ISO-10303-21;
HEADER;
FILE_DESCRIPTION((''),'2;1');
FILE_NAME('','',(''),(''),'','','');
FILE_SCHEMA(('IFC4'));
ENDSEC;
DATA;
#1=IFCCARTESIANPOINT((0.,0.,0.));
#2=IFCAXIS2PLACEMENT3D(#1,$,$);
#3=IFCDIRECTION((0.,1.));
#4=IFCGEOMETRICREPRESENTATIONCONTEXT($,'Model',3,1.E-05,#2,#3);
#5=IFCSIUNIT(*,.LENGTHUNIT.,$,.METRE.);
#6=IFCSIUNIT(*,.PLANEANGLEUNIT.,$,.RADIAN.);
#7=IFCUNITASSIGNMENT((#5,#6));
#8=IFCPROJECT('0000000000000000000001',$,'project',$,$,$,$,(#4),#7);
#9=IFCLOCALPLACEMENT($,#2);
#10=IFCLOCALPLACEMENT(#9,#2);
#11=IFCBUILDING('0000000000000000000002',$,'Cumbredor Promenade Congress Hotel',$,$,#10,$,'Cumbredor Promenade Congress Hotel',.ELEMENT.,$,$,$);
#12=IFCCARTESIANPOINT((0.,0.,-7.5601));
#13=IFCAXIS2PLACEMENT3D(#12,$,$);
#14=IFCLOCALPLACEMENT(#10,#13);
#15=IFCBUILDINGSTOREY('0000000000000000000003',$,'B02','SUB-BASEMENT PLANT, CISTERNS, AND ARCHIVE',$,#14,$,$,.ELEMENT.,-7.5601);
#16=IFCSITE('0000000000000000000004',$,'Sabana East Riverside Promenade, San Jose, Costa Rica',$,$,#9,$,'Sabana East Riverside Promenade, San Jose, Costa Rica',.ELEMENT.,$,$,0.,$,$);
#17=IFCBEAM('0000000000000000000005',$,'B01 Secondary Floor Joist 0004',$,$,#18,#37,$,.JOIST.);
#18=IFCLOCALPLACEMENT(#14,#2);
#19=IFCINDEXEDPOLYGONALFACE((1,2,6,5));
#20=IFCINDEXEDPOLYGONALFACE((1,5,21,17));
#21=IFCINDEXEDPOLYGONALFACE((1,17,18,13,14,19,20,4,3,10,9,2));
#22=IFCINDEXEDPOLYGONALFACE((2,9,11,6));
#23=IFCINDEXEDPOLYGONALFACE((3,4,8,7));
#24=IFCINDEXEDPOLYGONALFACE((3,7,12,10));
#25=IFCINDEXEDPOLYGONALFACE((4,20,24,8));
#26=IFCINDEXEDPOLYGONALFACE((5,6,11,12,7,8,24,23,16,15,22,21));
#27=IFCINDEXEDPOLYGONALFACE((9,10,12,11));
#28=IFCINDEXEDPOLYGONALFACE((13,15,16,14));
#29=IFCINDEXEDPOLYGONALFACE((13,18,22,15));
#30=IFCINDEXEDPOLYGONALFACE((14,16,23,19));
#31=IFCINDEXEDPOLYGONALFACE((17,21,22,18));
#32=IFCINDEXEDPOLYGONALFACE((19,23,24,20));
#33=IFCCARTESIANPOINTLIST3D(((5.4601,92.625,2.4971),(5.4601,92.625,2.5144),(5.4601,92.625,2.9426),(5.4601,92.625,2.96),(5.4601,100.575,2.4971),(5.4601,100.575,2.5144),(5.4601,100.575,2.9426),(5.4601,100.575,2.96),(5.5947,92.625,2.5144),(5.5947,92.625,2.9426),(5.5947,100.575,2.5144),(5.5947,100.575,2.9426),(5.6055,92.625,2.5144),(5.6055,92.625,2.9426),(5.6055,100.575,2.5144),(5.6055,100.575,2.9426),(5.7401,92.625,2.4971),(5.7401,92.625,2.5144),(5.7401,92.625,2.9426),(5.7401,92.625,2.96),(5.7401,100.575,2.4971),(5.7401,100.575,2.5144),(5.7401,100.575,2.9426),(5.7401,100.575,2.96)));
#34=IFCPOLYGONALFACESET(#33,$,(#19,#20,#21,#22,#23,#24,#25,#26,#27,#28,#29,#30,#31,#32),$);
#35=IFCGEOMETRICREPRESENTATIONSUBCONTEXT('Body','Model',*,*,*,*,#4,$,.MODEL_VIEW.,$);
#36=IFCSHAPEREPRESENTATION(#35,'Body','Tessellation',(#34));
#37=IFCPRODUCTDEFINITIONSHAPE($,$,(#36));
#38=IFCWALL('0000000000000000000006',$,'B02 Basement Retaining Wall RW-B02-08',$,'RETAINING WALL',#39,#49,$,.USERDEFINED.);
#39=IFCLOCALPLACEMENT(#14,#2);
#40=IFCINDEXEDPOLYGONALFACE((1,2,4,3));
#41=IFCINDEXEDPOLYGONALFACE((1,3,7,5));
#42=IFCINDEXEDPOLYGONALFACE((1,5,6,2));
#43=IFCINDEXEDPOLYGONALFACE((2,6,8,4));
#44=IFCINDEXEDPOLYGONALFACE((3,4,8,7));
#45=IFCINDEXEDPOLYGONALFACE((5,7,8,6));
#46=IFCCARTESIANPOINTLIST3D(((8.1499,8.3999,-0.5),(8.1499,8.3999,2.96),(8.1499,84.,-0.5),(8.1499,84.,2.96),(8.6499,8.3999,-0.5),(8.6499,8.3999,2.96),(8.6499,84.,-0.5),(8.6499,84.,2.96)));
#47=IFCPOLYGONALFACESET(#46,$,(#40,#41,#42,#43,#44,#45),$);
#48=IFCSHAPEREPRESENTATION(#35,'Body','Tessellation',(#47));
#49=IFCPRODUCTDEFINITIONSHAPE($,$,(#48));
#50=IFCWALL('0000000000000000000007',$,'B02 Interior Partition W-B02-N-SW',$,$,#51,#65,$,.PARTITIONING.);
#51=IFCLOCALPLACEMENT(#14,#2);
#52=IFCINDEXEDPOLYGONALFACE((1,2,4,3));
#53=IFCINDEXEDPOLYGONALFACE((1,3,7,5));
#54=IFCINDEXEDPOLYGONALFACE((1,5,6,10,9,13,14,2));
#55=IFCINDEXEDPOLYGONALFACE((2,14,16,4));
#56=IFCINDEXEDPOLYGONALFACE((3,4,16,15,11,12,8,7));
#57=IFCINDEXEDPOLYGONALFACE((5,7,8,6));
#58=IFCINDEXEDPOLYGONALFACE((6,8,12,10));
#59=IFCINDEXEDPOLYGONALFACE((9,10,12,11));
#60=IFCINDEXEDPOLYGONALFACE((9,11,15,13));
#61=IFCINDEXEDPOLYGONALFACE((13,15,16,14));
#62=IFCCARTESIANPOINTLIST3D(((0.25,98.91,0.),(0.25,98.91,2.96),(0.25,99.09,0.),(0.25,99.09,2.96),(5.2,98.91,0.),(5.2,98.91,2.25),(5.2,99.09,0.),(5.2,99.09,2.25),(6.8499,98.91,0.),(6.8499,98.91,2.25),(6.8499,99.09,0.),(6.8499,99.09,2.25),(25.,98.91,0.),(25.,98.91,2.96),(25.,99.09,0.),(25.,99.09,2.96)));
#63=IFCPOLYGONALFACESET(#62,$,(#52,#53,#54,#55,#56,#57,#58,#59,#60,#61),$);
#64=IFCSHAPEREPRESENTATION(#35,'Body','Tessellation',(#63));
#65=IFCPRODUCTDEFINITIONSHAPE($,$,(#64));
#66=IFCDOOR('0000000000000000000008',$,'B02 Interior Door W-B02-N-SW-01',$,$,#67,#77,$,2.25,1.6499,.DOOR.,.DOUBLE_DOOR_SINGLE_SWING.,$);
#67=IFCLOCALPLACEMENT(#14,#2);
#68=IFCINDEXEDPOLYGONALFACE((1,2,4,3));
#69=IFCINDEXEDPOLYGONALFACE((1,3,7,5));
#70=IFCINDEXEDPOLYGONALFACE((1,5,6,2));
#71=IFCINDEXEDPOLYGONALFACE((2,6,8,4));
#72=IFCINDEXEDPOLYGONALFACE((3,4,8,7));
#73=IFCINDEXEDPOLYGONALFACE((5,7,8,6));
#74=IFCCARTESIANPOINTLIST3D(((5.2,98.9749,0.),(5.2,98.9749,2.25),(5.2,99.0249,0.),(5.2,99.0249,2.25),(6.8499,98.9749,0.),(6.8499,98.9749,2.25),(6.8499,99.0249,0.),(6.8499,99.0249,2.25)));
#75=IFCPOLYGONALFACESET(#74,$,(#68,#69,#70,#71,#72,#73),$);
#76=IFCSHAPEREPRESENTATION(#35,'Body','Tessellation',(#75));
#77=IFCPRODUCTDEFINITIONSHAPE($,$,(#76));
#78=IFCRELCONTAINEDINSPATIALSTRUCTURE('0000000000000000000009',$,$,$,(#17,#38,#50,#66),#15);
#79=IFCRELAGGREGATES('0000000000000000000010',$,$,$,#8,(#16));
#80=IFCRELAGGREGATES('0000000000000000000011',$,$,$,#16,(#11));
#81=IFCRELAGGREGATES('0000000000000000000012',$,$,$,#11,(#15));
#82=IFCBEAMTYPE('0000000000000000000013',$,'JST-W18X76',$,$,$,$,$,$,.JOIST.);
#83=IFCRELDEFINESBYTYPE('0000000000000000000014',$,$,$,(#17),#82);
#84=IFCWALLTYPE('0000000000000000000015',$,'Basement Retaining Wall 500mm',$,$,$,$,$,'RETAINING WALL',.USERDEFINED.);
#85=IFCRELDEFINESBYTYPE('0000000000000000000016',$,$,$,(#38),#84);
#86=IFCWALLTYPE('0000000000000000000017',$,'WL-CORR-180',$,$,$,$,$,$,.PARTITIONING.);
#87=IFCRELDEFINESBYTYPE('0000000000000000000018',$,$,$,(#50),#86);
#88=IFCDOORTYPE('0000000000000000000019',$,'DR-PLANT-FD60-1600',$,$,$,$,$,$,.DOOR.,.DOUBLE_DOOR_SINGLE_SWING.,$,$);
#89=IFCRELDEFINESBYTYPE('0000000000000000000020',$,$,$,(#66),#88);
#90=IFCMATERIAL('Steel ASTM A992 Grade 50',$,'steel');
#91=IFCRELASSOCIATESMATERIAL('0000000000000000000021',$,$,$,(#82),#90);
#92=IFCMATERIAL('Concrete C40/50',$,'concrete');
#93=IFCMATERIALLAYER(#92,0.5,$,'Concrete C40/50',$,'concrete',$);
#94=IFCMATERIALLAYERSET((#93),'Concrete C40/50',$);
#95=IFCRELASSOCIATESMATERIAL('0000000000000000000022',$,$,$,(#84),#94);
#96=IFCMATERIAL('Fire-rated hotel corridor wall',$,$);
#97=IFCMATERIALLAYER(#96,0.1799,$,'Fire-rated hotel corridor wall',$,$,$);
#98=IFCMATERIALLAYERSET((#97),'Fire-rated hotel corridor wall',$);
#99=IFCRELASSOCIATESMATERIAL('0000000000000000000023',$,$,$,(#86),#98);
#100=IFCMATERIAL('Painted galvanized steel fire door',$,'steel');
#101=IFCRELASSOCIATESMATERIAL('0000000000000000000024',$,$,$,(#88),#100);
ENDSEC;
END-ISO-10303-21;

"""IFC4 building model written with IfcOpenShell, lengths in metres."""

from ifc_helpers import new_model, si_unit, direction, frame, frame_2d, origin, origin_2d, place, context, subcontext, project, spatial, rectangle, i_section, extrude, material, layer, layer_set, material_profile, profile_set, type_object, element, fill, save


model = new_model("IFC4")

# Units and contexts
model_context = context("Model", 3, precision=1e-05, world=origin(), true_north=direction((0.0, 1.0)))
body_context = subcontext(model_context, "Body", "Model", "MODEL_VIEW")
ifc_project = project(units=[si_unit("LENGTHUNIT", "METRE"), si_unit("PLANEANGLEUNIT", "RADIAN")], contexts=[model_context])

# Site, building, storey
site_placement = place(None, origin())
site = spatial("IfcSite", under=ifc_project, at=site_placement, Name="Sabana East Riverside Promenade, San Jose, Costa Rica", LongName="Sabana East Riverside Promenade, San Jose, Costa Rica", CompositionType="ELEMENT", RefElevation=0.0)
building_placement = place(site_placement, origin())
building = spatial("IfcBuilding", under=site, at=building_placement, Name="Cumbredor Promenade Congress Hotel", LongName="Cumbredor Promenade Congress Hotel", CompositionType="ELEMENT")
storey_placement = place(building_placement, frame((0.0, 0.0, -7.5601)))
storey = spatial("IfcBuildingStorey", under=building, at=storey_placement, Name="B02", Description="SUB-BASEMENT PLANT, CISTERNS, AND ARCHIVE", CompositionType="ELEMENT", Elevation=-7.5601)

# Shared definitions
ifc_material_1 = material(Name="Concrete C40/50", Category="concrete")

# Beam
ifc_material_2 = material(Name="Steel ASTM A992 Grade 50", Category="steel")
ifc_material_profile_1 = material_profile(ifc_material_2, i_section(OverallWidth=0.28, OverallDepth=0.4629, WebThickness=0.0107, FlangeThickness=0.0173, at=origin_2d()), Name="W18X76")
ifc_profile_set_1 = profile_set([ifc_material_profile_1], Name="Steel ASTM A992 Grade 50")
beam_type_1 = type_object("IfcBeamType", Name="JST-W18X76", PredefinedType="JOIST", material=ifc_profile_set_1)
for number, where, z_axis, x_axis, name in (
    (1, (5.6001, 92.625, 2.7285), (0.0, 1.0, 0.0), (-1.0, 0.0, 0.0), "B01 Secondary Floor Joist 0004"),
):
    element("IfcBeam", number, at=place(storey_placement, frame(where, z_axis=z_axis, x_axis=x_axis)), inside=storey, type_object=beam_type_1, Name=name, PredefinedType="JOIST", context=body_context, shape_type="SweptSolid", body=[
        extrude(i_section(OverallWidth=0.28, OverallDepth=0.4629, WebThickness=0.0107, FlangeThickness=0.0173, at=origin_2d()), origin(), (0.0, 0.0, 1.0), 7.95),
    ])

# Wall
ifc_layer_1 = layer(ifc_material_1, 0.5, Name="Concrete C40/50", Category="concrete")
ifc_layer_set_1 = layer_set([ifc_layer_1], Name="Concrete C40/50")
wall_type_1 = type_object("IfcWallType", Name="Basement Retaining Wall 500mm", ElementType="RETAINING WALL", PredefinedType="USERDEFINED", material=ifc_layer_set_1)
wall_1_placement = place(storey_placement, frame((8.3999, 84.0, -0.5), z_axis=(0.0, 0.0, 1.0), x_axis=(0.0, -1.0, 0.0)))
element("IfcWall", 2, at=wall_1_placement, inside=storey, type_object=wall_type_1, Name="B02 Basement Retaining Wall RW-B02-08", ObjectType="RETAINING WALL", PredefinedType="USERDEFINED", context=body_context, shape_type="SweptSolid", body=[
    extrude(rectangle(XDim=75.6001, YDim=0.5, at=frame_2d((37.8, 0.0))), origin(), (0.0, 0.0, 1.0), 3.46),
])

# Wall, opening, door
ifc_material_3 = material(Name="Fire-rated hotel corridor wall")
ifc_layer_2 = layer(ifc_material_3, 0.1799, Name="Fire-rated hotel corridor wall")
ifc_layer_set_2 = layer_set([ifc_layer_2], Name="Fire-rated hotel corridor wall")
wall_type_2 = type_object("IfcWallType", Name="WL-CORR-180", PredefinedType="PARTITIONING", material=ifc_layer_set_2)
wall_2_placement = place(storey_placement, frame((0.25, 99.0, 0.0), z_axis=(0.0, 0.0, 1.0), x_axis=(1.0, 0.0, 0.0)))
wall_2 = element("IfcWall", 3, at=wall_2_placement, inside=storey, type_object=wall_type_2, Name="B02 Interior Partition W-B02-N-SW", PredefinedType="PARTITIONING", context=body_context, shape_type="SweptSolid", body=[
    extrude(rectangle(XDim=24.75, YDim=0.1799, at=frame_2d((12.375, 0.0))), origin(), (0.0, 0.0, 1.0), 2.96),
])
opening_placement = place(wall_2_placement, frame((4.95, 0.0, 0.0)))
opening = element("IfcOpeningElement", 4, at=opening_placement, cuts=wall_2, PredefinedType="OPENING", context=body_context, shape_type="SweptSolid", body=[
    extrude(rectangle(XDim=1.6499, YDim=2.25, at=frame_2d((0.825, 1.125))), frame((0.0, 0.1001, 0.0), z_axis=(0.0, -1.0, 0.0), x_axis=(1.0, 0.0, 0.0)), (0.0, 0.0, 1.0), 0.2),
])
ifc_material_4 = material(Name="Painted galvanized steel fire door", Category="steel")
door_type = type_object("IfcDoorType", Name="DR-PLANT-FD60-1600", OperationType="DOUBLE_DOOR_SINGLE_SWING", PredefinedType="DOOR", material=ifc_material_4)
door_placement = place(opening_placement, origin())
door = element("IfcDoor", 5, at=door_placement, inside=storey, type_object=door_type, Name="B02 Interior Door W-B02-N-SW-01", OperationType="DOUBLE_DOOR_SINGLE_SWING", OverallHeight=2.25, OverallWidth=1.6499, PredefinedType="DOOR", context=body_context, shape_type="SweptSolid", body=[
    extrude(rectangle(XDim=1.6499, YDim=2.25, at=frame_2d((0.825, 1.125))), frame((0.0, 0.0249, 0.0), z_axis=(0.0, -1.0, 0.0), x_axis=(1.0, 0.0, 0.0)), (0.0, 0.0, 1.0), 0.05),
])
fill(opening, door)

save(model, "model.ifc")
